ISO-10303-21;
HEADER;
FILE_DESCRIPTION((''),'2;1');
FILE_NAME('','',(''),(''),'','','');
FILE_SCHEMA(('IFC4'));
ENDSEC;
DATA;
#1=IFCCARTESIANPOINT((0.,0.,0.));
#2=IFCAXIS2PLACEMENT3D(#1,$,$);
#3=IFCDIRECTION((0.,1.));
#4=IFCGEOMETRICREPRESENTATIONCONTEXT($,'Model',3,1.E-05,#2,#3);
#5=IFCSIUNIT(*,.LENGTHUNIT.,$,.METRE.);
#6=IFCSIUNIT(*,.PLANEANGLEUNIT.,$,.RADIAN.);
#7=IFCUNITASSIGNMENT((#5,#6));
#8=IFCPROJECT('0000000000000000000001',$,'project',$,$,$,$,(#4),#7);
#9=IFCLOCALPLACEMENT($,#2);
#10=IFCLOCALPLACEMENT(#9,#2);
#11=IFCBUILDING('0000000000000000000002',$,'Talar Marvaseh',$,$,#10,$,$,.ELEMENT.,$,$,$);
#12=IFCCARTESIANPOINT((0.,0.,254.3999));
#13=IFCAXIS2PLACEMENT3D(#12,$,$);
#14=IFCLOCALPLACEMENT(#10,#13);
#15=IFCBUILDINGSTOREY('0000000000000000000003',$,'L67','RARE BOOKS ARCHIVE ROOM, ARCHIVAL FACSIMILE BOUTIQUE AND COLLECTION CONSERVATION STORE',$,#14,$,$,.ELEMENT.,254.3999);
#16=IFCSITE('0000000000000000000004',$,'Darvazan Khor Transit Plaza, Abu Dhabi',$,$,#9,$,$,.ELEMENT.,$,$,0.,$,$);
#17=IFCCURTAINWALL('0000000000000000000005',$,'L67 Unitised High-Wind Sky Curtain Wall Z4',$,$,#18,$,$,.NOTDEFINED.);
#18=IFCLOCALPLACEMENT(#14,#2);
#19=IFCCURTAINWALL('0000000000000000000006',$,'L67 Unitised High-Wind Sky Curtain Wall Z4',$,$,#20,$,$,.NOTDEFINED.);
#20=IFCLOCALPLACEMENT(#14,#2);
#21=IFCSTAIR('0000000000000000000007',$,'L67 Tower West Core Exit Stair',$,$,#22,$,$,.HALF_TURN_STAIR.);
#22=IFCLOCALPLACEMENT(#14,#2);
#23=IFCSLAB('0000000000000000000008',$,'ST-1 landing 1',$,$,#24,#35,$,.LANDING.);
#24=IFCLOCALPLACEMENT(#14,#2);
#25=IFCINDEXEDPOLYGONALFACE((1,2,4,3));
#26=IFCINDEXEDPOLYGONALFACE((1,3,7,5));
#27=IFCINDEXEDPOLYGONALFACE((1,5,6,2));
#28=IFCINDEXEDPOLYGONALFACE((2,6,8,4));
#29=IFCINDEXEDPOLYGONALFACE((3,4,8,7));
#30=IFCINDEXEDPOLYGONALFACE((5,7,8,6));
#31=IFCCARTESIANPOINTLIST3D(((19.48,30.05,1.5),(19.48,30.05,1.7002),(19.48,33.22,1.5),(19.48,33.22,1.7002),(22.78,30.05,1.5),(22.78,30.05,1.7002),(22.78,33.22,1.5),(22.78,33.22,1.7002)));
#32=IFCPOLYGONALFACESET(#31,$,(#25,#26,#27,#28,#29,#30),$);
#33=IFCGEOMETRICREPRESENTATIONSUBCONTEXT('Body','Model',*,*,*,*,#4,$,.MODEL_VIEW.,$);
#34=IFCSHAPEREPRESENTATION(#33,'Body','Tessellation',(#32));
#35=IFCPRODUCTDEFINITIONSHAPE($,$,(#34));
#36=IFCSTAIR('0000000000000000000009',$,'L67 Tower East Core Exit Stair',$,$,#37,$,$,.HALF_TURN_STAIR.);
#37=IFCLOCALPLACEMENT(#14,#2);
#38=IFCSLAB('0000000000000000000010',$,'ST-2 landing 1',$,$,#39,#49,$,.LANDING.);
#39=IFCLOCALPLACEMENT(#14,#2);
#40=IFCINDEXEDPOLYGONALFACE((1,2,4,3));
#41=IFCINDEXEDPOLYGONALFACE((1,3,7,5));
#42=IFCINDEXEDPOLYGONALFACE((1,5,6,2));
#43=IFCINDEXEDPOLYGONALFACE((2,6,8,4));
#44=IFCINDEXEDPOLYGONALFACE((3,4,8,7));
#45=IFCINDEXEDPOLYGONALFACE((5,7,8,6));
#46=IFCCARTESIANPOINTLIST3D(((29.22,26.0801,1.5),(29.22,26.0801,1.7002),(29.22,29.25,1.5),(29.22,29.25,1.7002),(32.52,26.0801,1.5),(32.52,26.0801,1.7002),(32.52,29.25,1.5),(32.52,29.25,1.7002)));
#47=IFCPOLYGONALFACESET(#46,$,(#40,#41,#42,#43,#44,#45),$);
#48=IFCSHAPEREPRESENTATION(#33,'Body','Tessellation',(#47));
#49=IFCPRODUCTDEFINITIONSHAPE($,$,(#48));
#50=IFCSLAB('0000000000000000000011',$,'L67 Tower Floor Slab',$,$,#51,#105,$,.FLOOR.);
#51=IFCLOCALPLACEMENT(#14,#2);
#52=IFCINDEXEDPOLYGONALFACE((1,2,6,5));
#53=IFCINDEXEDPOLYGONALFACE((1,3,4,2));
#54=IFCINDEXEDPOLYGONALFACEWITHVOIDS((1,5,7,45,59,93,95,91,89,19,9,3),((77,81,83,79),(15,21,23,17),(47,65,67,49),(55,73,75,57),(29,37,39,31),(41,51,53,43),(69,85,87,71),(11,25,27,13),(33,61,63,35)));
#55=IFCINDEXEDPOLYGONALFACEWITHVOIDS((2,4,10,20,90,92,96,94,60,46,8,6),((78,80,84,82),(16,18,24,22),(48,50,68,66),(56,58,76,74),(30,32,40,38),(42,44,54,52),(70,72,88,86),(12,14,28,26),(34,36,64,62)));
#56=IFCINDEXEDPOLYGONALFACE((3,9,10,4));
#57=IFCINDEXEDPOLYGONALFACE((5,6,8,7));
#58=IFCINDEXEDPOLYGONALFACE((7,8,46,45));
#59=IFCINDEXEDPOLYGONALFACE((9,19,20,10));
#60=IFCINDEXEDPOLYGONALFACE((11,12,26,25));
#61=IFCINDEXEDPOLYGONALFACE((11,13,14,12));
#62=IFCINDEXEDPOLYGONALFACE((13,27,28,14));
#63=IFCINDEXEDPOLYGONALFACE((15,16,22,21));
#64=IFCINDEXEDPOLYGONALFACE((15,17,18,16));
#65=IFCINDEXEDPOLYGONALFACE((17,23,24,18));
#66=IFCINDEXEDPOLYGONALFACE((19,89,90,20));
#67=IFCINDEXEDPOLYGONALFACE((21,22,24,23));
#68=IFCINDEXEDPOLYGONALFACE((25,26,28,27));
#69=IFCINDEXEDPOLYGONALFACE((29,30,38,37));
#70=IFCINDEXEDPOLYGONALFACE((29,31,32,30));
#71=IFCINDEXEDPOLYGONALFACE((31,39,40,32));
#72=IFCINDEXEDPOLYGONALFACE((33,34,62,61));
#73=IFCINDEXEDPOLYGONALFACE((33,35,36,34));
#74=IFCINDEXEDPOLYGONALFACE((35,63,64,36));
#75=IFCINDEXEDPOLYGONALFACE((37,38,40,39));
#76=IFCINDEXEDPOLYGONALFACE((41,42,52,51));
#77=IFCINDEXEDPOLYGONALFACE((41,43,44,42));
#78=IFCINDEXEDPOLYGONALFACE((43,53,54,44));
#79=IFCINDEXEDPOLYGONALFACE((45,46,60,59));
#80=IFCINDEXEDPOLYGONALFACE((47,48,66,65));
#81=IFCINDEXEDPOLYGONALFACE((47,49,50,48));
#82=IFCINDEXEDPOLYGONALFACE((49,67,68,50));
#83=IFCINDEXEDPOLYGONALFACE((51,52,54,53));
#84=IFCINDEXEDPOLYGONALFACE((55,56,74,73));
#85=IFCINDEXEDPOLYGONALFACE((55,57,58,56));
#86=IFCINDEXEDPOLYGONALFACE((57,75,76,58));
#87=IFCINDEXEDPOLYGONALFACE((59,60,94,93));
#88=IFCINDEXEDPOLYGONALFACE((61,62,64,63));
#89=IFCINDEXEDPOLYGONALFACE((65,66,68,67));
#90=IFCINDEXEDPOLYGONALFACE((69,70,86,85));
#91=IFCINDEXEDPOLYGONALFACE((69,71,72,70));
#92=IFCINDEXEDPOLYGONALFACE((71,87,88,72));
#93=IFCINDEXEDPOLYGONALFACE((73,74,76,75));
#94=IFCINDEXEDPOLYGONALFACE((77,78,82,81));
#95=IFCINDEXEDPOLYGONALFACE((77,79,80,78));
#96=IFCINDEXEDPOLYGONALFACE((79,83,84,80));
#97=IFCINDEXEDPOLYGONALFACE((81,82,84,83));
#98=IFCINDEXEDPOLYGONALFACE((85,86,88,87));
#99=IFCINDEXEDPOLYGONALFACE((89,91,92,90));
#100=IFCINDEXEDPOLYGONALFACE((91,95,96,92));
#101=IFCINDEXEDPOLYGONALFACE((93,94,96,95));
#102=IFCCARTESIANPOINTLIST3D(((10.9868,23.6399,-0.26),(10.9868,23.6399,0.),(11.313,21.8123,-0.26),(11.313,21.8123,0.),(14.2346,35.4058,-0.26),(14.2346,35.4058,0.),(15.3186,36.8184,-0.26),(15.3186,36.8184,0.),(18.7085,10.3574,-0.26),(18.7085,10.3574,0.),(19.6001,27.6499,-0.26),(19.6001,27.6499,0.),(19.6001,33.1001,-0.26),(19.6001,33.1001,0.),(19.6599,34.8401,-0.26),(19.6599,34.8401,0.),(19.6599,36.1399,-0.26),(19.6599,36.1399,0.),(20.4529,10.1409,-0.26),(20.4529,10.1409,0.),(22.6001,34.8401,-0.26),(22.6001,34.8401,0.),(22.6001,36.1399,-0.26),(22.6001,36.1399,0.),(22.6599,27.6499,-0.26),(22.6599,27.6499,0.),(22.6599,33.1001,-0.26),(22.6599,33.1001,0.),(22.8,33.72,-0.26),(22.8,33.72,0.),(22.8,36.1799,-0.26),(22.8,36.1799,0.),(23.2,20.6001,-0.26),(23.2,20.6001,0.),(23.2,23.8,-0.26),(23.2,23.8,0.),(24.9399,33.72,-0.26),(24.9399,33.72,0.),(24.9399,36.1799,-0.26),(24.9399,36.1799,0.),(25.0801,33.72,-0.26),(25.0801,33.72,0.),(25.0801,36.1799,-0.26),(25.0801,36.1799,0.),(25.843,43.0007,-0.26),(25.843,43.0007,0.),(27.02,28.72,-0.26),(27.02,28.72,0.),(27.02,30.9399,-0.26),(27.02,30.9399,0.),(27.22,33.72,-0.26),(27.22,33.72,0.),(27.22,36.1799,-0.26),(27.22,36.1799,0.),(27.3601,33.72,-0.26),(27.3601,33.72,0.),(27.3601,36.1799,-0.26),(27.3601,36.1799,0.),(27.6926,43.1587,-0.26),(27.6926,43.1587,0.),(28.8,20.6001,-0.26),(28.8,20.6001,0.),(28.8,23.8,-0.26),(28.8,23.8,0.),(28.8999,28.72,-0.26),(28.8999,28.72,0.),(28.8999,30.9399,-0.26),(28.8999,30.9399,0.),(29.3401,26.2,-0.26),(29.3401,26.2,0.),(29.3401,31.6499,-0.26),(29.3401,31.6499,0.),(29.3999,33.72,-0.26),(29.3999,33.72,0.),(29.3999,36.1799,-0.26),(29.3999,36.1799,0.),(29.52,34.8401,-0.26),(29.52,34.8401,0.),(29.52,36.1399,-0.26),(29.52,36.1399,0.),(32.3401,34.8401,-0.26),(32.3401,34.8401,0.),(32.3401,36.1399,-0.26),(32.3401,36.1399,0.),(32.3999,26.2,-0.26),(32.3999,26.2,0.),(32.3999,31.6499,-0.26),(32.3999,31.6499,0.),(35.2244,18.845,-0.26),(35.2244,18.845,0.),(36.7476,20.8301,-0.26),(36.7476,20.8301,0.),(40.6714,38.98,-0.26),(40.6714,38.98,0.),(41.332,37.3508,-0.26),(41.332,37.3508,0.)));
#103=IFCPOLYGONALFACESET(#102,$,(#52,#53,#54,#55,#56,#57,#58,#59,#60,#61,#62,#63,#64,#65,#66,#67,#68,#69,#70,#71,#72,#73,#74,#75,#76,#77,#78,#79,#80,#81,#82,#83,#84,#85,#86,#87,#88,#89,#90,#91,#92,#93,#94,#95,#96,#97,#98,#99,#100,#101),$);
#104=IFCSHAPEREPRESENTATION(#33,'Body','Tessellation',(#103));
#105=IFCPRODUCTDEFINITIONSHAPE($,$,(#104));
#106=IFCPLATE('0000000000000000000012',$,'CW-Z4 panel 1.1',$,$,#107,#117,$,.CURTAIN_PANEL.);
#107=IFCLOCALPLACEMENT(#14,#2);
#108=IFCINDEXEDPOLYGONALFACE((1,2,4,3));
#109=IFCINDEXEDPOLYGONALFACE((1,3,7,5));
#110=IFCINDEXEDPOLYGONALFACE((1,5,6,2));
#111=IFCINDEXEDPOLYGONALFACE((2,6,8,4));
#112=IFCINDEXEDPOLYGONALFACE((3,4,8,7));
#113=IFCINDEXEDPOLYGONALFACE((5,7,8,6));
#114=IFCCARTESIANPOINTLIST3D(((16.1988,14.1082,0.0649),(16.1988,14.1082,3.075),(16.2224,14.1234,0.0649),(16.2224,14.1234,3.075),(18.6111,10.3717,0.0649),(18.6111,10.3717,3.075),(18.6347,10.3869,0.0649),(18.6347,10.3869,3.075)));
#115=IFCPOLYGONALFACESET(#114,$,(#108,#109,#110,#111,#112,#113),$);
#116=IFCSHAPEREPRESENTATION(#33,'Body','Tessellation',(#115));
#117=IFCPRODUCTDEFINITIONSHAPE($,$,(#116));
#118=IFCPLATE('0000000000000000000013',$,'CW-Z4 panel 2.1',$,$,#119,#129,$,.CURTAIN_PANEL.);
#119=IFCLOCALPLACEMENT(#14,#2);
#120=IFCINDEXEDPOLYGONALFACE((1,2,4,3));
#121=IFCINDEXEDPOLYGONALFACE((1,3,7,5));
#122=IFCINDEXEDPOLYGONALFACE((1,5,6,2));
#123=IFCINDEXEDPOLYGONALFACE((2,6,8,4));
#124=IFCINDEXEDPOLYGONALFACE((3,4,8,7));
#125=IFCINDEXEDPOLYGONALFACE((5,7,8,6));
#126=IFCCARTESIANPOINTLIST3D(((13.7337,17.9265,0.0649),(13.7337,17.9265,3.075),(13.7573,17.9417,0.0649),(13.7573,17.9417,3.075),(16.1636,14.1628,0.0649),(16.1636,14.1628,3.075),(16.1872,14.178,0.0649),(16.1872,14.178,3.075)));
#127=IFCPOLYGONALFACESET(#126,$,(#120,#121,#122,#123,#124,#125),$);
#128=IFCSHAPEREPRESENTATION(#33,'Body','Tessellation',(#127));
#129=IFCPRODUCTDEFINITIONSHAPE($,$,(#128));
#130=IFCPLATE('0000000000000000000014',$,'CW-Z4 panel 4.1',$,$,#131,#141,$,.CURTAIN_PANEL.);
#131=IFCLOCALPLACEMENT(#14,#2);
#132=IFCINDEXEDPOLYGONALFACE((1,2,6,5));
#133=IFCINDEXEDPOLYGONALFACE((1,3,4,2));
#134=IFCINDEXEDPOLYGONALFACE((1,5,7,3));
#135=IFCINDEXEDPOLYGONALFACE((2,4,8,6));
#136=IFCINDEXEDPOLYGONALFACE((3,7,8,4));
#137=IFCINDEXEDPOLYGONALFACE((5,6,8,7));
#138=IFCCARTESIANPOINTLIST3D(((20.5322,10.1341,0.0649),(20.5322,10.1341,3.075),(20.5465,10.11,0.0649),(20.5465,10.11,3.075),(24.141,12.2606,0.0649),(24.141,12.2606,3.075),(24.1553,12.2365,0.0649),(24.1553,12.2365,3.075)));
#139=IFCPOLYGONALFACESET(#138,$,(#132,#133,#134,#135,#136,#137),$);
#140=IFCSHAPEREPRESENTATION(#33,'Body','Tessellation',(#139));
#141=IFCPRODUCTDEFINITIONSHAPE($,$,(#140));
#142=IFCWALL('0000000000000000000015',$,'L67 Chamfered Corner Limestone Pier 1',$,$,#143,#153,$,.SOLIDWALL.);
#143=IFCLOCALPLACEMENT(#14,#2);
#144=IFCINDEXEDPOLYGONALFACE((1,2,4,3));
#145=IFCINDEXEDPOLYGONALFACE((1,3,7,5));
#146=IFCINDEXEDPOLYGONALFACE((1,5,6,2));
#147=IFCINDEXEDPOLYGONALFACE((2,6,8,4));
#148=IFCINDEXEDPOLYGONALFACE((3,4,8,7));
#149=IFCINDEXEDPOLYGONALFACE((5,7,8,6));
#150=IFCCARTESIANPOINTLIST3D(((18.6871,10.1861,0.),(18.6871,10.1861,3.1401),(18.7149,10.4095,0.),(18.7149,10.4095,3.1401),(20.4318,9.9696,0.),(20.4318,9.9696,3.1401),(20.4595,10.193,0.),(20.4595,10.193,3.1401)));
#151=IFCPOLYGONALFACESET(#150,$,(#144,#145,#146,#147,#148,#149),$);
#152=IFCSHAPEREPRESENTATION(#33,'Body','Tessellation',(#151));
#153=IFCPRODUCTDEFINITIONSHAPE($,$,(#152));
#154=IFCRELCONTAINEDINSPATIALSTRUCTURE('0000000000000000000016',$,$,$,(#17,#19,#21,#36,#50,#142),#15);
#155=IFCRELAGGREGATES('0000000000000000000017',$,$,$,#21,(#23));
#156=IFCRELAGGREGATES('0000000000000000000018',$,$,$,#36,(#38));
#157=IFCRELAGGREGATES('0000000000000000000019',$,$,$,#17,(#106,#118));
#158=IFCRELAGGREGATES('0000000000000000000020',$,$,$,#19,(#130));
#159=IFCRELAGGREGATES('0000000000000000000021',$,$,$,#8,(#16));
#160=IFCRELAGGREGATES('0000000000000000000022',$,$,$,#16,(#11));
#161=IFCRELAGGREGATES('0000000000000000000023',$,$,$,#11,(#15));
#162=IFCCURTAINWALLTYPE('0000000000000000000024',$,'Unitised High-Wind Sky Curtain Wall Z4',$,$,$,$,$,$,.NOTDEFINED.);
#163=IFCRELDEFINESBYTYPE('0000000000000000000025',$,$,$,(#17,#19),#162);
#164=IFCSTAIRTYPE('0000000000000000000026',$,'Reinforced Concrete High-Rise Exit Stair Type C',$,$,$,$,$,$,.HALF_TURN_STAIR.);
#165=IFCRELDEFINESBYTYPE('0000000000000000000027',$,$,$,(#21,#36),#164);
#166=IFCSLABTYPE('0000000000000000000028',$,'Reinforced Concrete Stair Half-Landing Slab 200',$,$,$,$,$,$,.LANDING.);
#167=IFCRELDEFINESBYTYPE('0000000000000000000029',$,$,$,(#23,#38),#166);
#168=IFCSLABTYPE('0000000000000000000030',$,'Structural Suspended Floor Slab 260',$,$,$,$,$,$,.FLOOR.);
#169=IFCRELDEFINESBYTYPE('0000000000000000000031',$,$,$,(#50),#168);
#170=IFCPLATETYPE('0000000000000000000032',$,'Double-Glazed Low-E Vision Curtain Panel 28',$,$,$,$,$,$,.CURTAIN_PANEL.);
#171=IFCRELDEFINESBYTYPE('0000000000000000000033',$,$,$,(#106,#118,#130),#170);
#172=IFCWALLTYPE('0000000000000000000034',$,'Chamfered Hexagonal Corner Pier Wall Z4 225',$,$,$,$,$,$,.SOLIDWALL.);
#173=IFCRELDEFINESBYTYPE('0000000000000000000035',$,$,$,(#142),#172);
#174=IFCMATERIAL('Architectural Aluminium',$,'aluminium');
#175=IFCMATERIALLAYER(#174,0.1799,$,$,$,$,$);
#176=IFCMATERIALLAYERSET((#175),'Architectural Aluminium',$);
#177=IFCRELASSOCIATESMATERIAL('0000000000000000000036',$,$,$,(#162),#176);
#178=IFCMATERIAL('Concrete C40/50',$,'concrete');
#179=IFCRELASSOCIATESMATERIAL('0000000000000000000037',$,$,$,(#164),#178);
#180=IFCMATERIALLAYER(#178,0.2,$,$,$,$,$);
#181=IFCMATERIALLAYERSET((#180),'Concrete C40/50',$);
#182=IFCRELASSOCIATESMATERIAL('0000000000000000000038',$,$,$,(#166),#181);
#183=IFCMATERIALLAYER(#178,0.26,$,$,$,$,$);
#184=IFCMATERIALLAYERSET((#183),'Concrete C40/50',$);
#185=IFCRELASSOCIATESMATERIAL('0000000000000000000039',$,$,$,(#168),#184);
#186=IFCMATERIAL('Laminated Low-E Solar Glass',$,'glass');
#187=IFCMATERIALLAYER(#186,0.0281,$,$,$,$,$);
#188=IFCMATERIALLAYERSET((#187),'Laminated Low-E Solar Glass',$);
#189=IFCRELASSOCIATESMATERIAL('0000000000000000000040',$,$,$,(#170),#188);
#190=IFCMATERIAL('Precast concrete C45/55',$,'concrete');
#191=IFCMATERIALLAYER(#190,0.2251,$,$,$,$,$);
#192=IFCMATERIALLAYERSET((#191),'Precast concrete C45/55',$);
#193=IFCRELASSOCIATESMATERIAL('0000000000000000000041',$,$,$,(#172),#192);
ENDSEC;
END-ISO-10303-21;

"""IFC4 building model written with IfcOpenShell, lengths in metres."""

from ifc_helpers import new_model, si_unit, direction, frame, frame_2d, origin, origin_2d, place, context, subcontext, project, spatial, polyline, rectangle, outline, extrude, source, transform, mapped, material, layer, layer_set, type_object, type_shapes, element, aggregate, save


model = new_model("IFC4")

# Units and contexts
model_context = context("Model", 3, precision=1e-05, world=origin(), true_north=direction((0.0, 1.0)))
body_context = subcontext(model_context, "Body", "Model", "MODEL_VIEW")
ifc_project = project(units=[si_unit("LENGTHUNIT", "METRE"), si_unit("PLANEANGLEUNIT", "RADIAN")], contexts=[model_context])

# Site, building, storey
site_placement = place(None, origin())
site = spatial("IfcSite", under=ifc_project, at=site_placement, Name="Darvazan Khor Transit Plaza, Abu Dhabi", CompositionType="ELEMENT", RefElevation=0.0)
building_placement = place(site_placement, origin())
building = spatial("IfcBuilding", under=site, at=building_placement, Name="Talar Marvaseh", CompositionType="ELEMENT")
storey_placement = place(building_placement, frame((0.0, 0.0, 254.3999)))
storey = spatial("IfcBuildingStorey", under=building, at=storey_placement, Name="L67", Description="RARE BOOKS ARCHIVE ROOM, ARCHIVAL FACSIMILE BOUTIQUE AND COLLECTION CONSERVATION STORE", CompositionType="ELEMENT", Elevation=254.3999)

# Curtain wall
ifc_material_1 = material(Name="Architectural Aluminium", Category="aluminium")
ifc_layer_1 = layer(ifc_material_1, 0.1799)
ifc_layer_set_1 = layer_set([ifc_layer_1], Name="Architectural Aluminium")
curtain_wall_type = type_object("IfcCurtainWallType", Name="Unitised High-Wind Sky Curtain Wall Z4", PredefinedType="NOTDEFINED", material=ifc_layer_set_1)
curtain_wall_1_placement = place(storey_placement, origin())
curtain_wall_1 = element("IfcCurtainWall", 1, at=curtain_wall_1_placement, inside=storey, type_object=curtain_wall_type, Name="L67 Unitised High-Wind Sky Curtain Wall Z4", PredefinedType="NOTDEFINED")

# Curtain wall
curtain_wall_2_placement = place(storey_placement, origin())
curtain_wall_2 = element("IfcCurtainWall", 2, at=curtain_wall_2_placement, inside=storey, type_object=curtain_wall_type, Name="L67 Unitised High-Wind Sky Curtain Wall Z4", PredefinedType="NOTDEFINED")

# Stairs, slabs
ifc_material_2 = material(Name="Concrete C40/50", Category="concrete")
stair_type = type_object("IfcStairType", Name="Reinforced Concrete High-Rise Exit Stair Type C", PredefinedType="HALF_TURN_STAIR", material=ifc_material_2)
stair_1_placement = place(storey_placement, origin())
stair_1 = element("IfcStair", 3, at=stair_1_placement, inside=storey, type_object=stair_type, Name="L67 Tower West Core Exit Stair", PredefinedType="HALF_TURN_STAIR")
ifc_layer_2 = layer(ifc_material_2, 0.2)
ifc_layer_set_2 = layer_set([ifc_layer_2], Name="Concrete C40/50")
slab_type_1 = type_object("IfcSlabType", Name="Reinforced Concrete Stair Half-Landing Slab 200", PredefinedType="LANDING", material=ifc_layer_set_2)
slab_1_placement = place(storey_placement, frame((0.0, 0.0, 1.5)))
slab_1 = element("IfcSlab", 4, at=slab_1_placement, type_object=slab_type_1, Name="ST-1 landing 1", PredefinedType="LANDING", context=body_context, shape_type="SweptSolid", body=[
    extrude(outline(polyline([(22.78, 30.05), (22.78, 33.22), (19.48, 33.22), (19.48, 30.05), (22.78, 30.05)])), origin(), (0.0, 0.0, 1.0), 0.2002),
])
aggregate(stair_1, [slab_1])
stair_2_placement = place(storey_placement, origin())
stair_2 = element("IfcStair", 5, at=stair_2_placement, inside=storey, type_object=stair_type, Name="L67 Tower East Core Exit Stair", PredefinedType="HALF_TURN_STAIR")
slab_2_placement = place(storey_placement, frame((0.0, 0.0, 1.5)))
slab_2 = element("IfcSlab", 6, at=slab_2_placement, type_object=slab_type_1, Name="ST-2 landing 1", PredefinedType="LANDING", context=body_context, shape_type="SweptSolid", body=[
    extrude(outline(polyline([(29.22, 29.25), (29.22, 26.0801), (32.52, 26.0801), (32.52, 29.25), (29.22, 29.25)])), origin(), (0.0, 0.0, 1.0), 0.2002),
])
aggregate(stair_2, [slab_2])

# Slab
ifc_layer_3 = layer(ifc_material_2, 0.26)
ifc_layer_set_3 = layer_set([ifc_layer_3], Name="Concrete C40/50")
slab_type_2 = type_object("IfcSlabType", Name="Structural Suspended Floor Slab 260", PredefinedType="FLOOR", material=ifc_layer_set_3)
slab_3_placement = place(storey_placement, frame((0.0, 0.0, -0.26)))
element("IfcSlab", 7, at=slab_3_placement, inside=storey, type_object=slab_type_2, Name="L67 Tower Floor Slab", PredefinedType="FLOOR", context=body_context, shape_type="SweptSolid", body=[
    extrude(outline(polyline([(20.4529, 10.1409), (18.7085, 10.3574), (11.313, 21.8123), (10.9868, 23.6399), (14.2346, 35.4058), (15.3186, 36.8184), (25.843, 43.0007), (27.6926, 43.1587), (40.6714, 38.98), (41.332, 37.3508), (36.7476, 20.8301), (35.2244, 18.845), (20.4529, 10.1409)]), holes=[polyline([(22.6599, 27.6499), (22.6599, 33.1001), (19.6001, 33.1001), (19.6001, 27.6499), (22.6599, 27.6499)]), polyline([(29.3401, 31.6499), (29.3401, 26.2), (32.3999, 26.2), (32.3999, 31.6499), (29.3401, 31.6499)]), polyline([(22.8, 33.72), (24.9399, 33.72), (24.9399, 36.1799), (22.8, 36.1799), (22.8, 33.72)]), polyline([(25.0801, 33.72), (27.22, 33.72), (27.22, 36.1799), (25.0801, 36.1799), (25.0801, 33.72)]), polyline([(27.3601, 33.72), (29.3999, 33.72), (29.3999, 36.1799), (27.3601, 36.1799), (27.3601, 33.72)]), polyline([(27.02, 28.72), (28.8999, 28.72), (28.8999, 30.9399), (27.02, 30.9399), (27.02, 28.72)]), polyline([(19.6599, 34.8401), (22.6001, 34.8401), (22.6001, 36.1399), (19.6599, 36.1399), (19.6599, 34.8401)]), polyline([(29.52, 34.8401), (32.3401, 34.8401), (32.3401, 36.1399), (29.52, 36.1399), (29.52, 34.8401)]), polyline([(23.2, 20.6001), (28.8, 20.6001), (28.8, 23.8), (23.2, 23.8), (23.2, 20.6001)])]), origin(), (0.0, 0.0, 1.0), 0.26),
])

# Plates
ifc_material_3 = material(Name="Laminated Low-E Solar Glass", Category="glass")
ifc_layer_4 = layer(ifc_material_3, 0.0281)
ifc_layer_set_4 = layer_set([ifc_layer_4], Name="Laminated Low-E Solar Glass")
plate_type = type_object("IfcPlateType", Name="Double-Glazed Low-E Vision Curtain Panel 28", PredefinedType="CURTAIN_PANEL", material=ifc_layer_set_4)
shared_shape_1 = source(origin(), body_context, "Body", "SweptSolid", [
    extrude(rectangle(XDim=4.4475, YDim=0.0281, at=origin_2d()), origin(), (0.0, 0.0, 1.0), 3.01),
])
plate_1_placement = place(storey_placement, frame((17.4167, 12.2476, 0.0649), z_axis=(0.0, 0.0, 1.0), x_axis=(-0.542388, 0.840128, 0.0)))
plate_1 = element("IfcPlate", 8, at=plate_1_placement, type_object=plate_type, Name="CW-Z4 panel 1.1", PredefinedType="CURTAIN_PANEL", context=body_context, shape_type="MappedRepresentation", body=[
    mapped(shared_shape_1, transform((0.0, 0.0, 0.0), x_axis=(1.0, 0.0, 0.0), y_axis=(0.0, 1.0, 0.0), z_axis=(0.0, 0.0, 1.0), scale=1.0)),
])
shared_shape_2 = source(origin(), body_context, "Body", "SweptSolid", [
    extrude(rectangle(XDim=4.48, YDim=0.0281, at=origin_2d()), origin(), (0.0, 0.0, 1.0), 3.01),
])
plate_2_placement = place(storey_placement, frame((14.9604, 16.0522, 0.0649), z_axis=(0.0, 0.0, 1.0), x_axis=(-0.542388, 0.840128, 0.0)))
plate_2 = element("IfcPlate", 9, at=plate_2_placement, type_object=plate_type, Name="CW-Z4 panel 2.1", PredefinedType="CURTAIN_PANEL", context=body_context, shape_type="MappedRepresentation", body=[
    mapped(shared_shape_2, transform((0.0, 0.0, 0.0), x_axis=(1.0, 0.0, 0.0), y_axis=(0.0, 1.0, 0.0), z_axis=(0.0, 0.0, 1.0), scale=1.0)),
])
aggregate(curtain_wall_1, [plate_1, plate_2])
shared_shape_3 = source(origin(), body_context, "Body", "SweptSolid", [
    extrude(rectangle(XDim=4.1887, YDim=0.0281, at=origin_2d()), origin(), (0.0, 0.0, 1.0), 3.01),
])
type_shapes(plate_type, [shared_shape_1, shared_shape_2, shared_shape_3])
plate_3_placement = place(storey_placement, frame((22.3438, 11.1853, 0.0649), z_axis=(0.0, 0.0, 1.0), x_axis=(-0.861551, -0.507672, 0.0)))
plate_3 = element("IfcPlate", 10, at=plate_3_placement, type_object=plate_type, Name="CW-Z4 panel 4.1", PredefinedType="CURTAIN_PANEL", context=body_context, shape_type="MappedRepresentation", body=[
    mapped(shared_shape_3, transform((0.0, 0.0, 0.0), x_axis=(1.0, 0.0, 0.0), y_axis=(0.0, 1.0, 0.0), z_axis=(0.0, 0.0, 1.0), scale=1.0)),
])
aggregate(curtain_wall_2, [plate_3])

# Wall
ifc_material_4 = material(Name="Precast concrete C45/55", Category="concrete")
ifc_layer_5 = layer(ifc_material_4, 0.2251)
ifc_layer_set_5 = layer_set([ifc_layer_5], Name="Precast concrete C45/55")
wall_type = type_object("IfcWallType", Name="Chamfered Hexagonal Corner Pier Wall Z4 225", PredefinedType="SOLIDWALL", material=ifc_layer_set_5)
wall_placement = place(storey_placement, frame((20.4456, 10.0813, 0.0), z_axis=(0.0, 0.0, 1.0), x_axis=(-0.992384, 0.12318, 0.0)))
element("IfcWall", 11, at=wall_placement, inside=storey, type_object=wall_type, Name="L67 Chamfered Corner Limestone Pier 1", PredefinedType="SOLIDWALL", context=body_context, shape_type="SweptSolid", body=[
    extrude(rectangle(XDim=1.7581, YDim=0.2251, at=frame_2d((0.8789, 0.0))), origin(), (0.0, 0.0, 1.0), 3.1401),
])

save(model, "model.ifc")
